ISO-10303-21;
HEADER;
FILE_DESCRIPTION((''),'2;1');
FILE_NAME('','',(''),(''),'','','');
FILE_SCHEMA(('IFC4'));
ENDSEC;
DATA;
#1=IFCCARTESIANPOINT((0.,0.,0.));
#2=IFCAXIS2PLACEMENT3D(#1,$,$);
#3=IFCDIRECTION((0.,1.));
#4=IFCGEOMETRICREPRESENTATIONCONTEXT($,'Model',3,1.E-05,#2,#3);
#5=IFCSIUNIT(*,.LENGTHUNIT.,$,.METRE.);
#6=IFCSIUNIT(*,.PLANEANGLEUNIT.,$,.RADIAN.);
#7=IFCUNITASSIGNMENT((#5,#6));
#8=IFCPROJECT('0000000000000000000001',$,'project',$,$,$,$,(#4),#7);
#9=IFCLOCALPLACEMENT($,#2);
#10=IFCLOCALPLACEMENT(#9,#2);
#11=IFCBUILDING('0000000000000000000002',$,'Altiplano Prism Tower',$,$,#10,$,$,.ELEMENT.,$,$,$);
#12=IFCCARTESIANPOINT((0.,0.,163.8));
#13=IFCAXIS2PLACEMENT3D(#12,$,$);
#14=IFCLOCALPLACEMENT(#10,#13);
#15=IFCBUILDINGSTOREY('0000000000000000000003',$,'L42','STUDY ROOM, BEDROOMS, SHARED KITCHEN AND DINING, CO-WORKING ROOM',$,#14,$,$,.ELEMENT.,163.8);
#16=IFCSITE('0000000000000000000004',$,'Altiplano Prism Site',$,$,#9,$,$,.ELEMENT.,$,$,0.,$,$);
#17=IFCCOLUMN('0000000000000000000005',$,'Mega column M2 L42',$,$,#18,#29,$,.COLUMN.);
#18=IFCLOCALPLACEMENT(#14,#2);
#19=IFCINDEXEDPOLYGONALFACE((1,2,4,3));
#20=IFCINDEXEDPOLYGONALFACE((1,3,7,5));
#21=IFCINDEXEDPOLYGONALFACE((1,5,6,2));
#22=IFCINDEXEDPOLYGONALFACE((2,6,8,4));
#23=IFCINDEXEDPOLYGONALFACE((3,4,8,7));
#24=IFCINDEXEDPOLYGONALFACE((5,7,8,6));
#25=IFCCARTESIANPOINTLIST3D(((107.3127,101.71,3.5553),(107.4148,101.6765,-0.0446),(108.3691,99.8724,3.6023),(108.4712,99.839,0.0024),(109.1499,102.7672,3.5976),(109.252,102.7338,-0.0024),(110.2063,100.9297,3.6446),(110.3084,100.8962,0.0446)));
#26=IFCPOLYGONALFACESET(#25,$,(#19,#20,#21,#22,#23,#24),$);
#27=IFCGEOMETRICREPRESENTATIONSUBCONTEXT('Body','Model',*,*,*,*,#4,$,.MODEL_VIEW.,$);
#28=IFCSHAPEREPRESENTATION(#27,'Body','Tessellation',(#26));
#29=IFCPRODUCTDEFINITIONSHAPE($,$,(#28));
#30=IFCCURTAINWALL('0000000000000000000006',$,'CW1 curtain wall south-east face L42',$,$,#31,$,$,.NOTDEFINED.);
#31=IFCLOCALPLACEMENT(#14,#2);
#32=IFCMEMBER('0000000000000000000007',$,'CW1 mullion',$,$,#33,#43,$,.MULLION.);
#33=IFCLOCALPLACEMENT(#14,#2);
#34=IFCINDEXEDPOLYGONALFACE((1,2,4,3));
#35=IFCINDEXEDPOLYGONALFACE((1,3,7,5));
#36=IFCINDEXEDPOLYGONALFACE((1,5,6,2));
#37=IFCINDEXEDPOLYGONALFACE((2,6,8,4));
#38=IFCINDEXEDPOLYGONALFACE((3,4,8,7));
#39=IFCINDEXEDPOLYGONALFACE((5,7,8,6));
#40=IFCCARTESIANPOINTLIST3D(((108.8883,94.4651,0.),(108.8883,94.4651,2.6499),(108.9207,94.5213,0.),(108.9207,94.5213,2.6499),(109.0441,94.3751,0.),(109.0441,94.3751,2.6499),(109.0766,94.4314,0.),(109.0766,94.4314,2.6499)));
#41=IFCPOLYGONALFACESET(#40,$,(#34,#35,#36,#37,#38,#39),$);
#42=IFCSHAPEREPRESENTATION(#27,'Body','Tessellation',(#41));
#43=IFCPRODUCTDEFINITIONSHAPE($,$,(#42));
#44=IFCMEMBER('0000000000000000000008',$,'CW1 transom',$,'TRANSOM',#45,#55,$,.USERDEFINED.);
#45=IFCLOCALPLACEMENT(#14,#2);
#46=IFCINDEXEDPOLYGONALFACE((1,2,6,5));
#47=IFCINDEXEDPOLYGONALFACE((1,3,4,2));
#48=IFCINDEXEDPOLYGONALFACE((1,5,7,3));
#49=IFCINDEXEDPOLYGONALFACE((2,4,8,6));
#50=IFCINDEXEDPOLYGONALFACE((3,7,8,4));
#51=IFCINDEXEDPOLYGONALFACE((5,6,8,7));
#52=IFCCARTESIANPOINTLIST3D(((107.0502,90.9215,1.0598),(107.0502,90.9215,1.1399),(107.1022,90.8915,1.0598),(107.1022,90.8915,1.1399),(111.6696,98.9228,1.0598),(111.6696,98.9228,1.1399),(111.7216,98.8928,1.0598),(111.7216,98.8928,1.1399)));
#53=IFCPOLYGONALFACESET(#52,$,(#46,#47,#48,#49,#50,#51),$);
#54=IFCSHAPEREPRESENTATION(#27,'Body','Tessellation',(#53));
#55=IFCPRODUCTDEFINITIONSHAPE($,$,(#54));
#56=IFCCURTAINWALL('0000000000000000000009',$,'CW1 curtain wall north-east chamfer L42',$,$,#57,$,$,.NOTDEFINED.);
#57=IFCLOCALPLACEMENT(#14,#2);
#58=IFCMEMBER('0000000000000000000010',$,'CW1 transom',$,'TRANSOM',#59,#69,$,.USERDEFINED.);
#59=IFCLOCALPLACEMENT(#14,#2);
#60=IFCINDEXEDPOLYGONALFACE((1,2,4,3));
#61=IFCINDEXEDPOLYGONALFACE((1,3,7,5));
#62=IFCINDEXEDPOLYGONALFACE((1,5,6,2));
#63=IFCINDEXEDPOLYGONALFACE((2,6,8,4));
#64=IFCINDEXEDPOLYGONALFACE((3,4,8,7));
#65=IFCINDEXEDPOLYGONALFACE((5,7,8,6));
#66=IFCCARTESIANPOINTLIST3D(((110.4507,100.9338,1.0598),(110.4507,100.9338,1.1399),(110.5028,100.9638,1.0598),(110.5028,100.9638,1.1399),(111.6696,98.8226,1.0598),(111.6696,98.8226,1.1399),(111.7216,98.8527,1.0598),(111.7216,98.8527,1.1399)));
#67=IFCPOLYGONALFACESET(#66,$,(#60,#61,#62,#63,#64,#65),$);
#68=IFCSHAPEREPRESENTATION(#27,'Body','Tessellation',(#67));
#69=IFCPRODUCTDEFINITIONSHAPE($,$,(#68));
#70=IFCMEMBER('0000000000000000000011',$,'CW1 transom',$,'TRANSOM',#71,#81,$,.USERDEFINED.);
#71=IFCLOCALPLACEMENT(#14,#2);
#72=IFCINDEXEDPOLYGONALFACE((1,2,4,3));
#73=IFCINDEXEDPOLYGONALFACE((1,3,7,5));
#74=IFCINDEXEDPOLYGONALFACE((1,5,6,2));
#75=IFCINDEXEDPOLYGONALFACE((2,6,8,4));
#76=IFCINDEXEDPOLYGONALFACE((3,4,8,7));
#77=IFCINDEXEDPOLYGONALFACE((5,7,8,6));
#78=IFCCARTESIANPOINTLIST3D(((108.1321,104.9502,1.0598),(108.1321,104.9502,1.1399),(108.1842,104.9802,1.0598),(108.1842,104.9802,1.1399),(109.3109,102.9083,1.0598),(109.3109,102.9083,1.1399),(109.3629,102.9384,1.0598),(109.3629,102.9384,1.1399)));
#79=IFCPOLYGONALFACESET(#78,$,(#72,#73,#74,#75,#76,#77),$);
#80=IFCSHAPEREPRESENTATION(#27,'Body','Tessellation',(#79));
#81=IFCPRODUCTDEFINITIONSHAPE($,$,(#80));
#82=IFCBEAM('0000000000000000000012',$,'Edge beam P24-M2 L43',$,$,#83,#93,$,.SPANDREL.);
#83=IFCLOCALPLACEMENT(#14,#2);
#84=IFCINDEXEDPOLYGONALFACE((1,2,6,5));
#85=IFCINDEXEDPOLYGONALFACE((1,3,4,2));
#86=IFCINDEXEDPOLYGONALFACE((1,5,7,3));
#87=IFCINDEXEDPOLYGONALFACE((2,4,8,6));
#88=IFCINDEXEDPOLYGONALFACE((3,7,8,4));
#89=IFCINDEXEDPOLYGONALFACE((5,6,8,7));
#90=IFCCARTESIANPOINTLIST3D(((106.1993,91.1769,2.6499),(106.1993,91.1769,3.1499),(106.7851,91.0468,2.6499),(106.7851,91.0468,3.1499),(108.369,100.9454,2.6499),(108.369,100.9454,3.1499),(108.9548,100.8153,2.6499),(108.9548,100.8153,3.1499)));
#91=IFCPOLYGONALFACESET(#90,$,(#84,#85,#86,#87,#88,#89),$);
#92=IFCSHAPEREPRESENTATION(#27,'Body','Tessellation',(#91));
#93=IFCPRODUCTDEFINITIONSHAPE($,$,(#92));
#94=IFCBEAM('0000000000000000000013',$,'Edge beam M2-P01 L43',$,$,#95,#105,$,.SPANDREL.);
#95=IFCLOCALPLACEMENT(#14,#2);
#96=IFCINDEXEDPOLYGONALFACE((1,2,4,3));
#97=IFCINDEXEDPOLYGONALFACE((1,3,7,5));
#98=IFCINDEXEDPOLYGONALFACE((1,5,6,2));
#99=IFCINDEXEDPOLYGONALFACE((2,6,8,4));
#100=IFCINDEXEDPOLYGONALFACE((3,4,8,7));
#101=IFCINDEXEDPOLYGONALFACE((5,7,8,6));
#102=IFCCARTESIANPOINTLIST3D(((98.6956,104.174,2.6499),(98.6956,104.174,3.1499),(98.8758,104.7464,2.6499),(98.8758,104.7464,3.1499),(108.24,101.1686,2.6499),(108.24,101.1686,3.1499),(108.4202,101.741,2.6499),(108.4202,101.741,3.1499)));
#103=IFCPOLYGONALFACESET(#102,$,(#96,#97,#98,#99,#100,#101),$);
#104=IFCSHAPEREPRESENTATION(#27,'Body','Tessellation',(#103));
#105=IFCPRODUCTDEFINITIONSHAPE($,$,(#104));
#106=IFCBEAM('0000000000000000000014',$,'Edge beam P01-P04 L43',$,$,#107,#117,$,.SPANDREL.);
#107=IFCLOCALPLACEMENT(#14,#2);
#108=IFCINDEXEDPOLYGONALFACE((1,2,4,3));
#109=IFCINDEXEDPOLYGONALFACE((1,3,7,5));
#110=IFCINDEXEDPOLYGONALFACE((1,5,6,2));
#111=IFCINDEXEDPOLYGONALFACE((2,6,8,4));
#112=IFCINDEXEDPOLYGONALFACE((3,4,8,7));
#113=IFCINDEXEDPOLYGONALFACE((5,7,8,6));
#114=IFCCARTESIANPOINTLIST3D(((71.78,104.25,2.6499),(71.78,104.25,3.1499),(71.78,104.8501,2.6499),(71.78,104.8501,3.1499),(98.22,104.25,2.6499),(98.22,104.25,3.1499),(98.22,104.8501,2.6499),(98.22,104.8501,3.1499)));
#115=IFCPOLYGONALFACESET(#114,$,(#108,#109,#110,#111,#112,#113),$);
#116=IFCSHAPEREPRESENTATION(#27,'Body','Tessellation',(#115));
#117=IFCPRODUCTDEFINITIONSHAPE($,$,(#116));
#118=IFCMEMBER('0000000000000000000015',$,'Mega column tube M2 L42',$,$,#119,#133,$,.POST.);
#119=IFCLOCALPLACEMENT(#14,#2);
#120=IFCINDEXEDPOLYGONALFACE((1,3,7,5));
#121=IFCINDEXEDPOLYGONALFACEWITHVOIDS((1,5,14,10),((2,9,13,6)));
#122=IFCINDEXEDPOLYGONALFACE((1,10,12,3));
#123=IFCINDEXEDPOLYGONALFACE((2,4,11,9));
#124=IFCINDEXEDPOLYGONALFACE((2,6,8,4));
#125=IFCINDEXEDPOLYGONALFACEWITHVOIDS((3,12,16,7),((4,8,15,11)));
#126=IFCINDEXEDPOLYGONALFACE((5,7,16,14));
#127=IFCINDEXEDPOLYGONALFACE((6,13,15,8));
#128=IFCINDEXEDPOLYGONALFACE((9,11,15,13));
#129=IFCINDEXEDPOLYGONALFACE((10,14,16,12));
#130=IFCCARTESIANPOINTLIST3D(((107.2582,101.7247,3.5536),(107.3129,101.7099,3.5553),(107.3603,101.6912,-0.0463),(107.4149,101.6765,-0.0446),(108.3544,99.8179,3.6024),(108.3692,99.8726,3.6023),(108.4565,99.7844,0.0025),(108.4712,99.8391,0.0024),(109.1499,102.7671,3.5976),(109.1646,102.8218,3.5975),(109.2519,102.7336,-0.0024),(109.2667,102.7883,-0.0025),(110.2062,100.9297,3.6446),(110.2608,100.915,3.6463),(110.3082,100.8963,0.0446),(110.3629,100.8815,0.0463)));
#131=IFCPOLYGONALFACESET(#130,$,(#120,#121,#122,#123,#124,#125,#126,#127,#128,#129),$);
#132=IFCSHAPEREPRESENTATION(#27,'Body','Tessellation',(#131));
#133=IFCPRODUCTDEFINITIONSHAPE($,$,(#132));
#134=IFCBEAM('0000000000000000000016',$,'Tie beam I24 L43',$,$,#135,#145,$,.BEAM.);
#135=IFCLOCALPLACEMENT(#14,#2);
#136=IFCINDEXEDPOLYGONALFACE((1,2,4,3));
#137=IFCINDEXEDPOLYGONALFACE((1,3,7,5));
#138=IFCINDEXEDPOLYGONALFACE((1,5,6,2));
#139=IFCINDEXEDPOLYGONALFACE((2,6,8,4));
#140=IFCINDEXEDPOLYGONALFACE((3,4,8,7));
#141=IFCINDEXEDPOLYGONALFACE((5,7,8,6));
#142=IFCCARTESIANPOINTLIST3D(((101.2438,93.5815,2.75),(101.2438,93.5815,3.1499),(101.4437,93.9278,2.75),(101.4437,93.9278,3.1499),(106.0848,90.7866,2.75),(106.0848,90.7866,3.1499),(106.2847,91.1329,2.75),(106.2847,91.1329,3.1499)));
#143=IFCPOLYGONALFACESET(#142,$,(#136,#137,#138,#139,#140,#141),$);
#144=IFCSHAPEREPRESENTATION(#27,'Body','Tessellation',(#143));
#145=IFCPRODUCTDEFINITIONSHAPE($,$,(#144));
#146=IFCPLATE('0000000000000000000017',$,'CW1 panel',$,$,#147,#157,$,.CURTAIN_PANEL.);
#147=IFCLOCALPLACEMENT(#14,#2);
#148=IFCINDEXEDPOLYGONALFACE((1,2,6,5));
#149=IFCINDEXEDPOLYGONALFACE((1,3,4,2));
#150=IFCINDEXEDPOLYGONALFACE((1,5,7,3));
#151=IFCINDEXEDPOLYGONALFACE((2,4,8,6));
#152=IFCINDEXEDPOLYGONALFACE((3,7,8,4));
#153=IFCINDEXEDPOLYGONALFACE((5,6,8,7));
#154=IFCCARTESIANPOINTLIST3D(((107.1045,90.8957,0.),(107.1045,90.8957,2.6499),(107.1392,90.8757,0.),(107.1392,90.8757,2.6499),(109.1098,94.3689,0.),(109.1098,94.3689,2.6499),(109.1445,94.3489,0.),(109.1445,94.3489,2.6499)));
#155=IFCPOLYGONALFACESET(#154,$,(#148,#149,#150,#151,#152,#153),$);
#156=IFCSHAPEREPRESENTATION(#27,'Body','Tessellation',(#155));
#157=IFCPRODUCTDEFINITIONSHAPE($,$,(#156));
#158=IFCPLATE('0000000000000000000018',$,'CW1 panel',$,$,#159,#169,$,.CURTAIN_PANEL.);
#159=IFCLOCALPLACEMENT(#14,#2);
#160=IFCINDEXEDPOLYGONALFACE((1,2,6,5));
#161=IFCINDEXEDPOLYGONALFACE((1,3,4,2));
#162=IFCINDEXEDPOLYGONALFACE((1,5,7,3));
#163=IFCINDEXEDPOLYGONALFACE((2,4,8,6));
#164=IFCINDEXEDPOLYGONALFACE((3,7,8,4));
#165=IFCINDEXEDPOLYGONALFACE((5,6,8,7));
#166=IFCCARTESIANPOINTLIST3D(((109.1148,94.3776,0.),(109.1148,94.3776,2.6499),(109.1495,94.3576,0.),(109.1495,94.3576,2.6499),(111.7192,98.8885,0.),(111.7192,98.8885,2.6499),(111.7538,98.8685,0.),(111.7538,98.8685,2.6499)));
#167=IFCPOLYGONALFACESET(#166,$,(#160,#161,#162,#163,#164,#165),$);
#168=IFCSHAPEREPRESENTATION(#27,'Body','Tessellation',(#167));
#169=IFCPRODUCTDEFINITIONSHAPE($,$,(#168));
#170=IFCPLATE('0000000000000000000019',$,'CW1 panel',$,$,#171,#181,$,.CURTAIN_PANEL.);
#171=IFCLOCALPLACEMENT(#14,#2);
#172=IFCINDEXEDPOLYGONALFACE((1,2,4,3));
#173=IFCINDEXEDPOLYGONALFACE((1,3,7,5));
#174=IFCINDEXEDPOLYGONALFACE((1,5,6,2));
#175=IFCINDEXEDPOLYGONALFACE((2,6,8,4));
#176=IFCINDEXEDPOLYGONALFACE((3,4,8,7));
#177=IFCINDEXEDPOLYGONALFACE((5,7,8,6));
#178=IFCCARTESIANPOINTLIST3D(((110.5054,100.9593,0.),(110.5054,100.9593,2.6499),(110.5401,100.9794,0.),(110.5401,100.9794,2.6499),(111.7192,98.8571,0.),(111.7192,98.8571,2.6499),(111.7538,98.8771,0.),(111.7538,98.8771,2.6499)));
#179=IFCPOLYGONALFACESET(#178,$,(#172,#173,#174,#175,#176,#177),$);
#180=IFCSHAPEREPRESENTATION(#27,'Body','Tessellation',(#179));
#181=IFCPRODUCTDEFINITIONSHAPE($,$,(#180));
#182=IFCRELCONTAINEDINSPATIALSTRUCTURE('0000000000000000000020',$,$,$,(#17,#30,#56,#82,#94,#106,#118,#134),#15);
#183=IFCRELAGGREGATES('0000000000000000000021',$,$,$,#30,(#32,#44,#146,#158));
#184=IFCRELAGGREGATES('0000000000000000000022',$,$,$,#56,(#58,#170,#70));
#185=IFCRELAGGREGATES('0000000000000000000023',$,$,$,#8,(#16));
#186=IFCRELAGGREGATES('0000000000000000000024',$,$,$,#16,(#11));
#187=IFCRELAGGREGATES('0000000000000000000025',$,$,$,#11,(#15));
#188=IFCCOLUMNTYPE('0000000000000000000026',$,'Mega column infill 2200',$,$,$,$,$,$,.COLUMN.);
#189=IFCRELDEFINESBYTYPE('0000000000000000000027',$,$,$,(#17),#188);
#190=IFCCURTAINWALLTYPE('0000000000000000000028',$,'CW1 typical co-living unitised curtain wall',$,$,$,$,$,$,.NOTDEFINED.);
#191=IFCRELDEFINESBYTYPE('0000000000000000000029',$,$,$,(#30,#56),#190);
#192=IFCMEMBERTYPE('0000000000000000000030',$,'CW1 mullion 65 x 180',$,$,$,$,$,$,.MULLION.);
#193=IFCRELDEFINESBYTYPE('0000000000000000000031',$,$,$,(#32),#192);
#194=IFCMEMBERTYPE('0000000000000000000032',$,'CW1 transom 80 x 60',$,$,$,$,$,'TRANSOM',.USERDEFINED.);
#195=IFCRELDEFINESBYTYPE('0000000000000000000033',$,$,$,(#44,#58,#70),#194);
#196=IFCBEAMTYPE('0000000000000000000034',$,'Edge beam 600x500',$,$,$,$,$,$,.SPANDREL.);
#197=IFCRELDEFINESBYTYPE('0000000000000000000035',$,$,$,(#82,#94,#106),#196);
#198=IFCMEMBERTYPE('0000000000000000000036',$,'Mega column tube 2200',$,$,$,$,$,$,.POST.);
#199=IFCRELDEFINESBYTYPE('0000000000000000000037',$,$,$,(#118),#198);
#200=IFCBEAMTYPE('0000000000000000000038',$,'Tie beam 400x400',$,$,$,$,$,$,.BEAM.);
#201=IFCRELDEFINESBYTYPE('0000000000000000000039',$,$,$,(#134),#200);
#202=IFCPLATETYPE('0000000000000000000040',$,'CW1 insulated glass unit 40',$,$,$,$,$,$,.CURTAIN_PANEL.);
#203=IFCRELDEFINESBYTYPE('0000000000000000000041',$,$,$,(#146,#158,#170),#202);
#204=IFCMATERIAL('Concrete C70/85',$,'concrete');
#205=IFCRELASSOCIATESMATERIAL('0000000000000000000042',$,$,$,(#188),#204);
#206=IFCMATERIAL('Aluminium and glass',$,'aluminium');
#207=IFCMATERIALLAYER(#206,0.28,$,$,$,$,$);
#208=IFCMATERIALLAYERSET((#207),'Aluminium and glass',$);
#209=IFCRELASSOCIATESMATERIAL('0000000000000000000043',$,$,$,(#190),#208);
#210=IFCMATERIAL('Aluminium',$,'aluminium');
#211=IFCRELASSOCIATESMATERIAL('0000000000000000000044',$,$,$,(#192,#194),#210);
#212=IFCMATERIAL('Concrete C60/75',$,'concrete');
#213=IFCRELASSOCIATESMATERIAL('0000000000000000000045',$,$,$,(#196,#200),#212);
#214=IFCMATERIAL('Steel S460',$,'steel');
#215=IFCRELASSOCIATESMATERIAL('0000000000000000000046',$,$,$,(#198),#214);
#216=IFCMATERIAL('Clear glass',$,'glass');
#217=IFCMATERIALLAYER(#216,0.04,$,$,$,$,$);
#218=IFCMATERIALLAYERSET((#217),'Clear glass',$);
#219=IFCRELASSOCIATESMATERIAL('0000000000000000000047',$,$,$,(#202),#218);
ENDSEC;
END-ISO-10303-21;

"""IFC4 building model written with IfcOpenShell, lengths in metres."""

from ifc_helpers import new_model, si_unit, direction, frame, origin, origin_2d, place, context, subcontext, project, spatial, rectangle, hollow_rectangle, extrude, material, layer, layer_set, material_profile, profile_set, type_object, element, aggregate, save


model = new_model("IFC4")

# Units and contexts
model_context = context("Model", 3, precision=1e-05, world=origin(), true_north=direction((0.0, 1.0)))
body_context = subcontext(model_context, "Body", "Model", "MODEL_VIEW")
ifc_project = project(units=[si_unit("LENGTHUNIT", "METRE"), si_unit("PLANEANGLEUNIT", "RADIAN")], contexts=[model_context])

# Site, building, storey
site_placement = place(None, origin())
site = spatial("IfcSite", under=ifc_project, at=site_placement, Name="Altiplano Prism Site", CompositionType="ELEMENT", RefElevation=0.0)
building_placement = place(site_placement, origin())
building = spatial("IfcBuilding", under=site, at=building_placement, Name="Altiplano Prism Tower", CompositionType="ELEMENT")
storey_placement = place(building_placement, frame((0.0, 0.0, 163.8)))
storey = spatial("IfcBuildingStorey", under=building, at=storey_placement, Name="L42", Description="STUDY ROOM, BEDROOMS, SHARED KITCHEN AND DINING, CO-WORKING ROOM", CompositionType="ELEMENT", Elevation=163.8)

# Column
ifc_material_1 = material(Name="Concrete C70/85", Category="concrete")
ifc_material_profile_1 = material_profile(ifc_material_1, rectangle(XDim=2.1201, YDim=2.1201, at=origin_2d()), Name="Mega column infill 2200")
ifc_profile_set_1 = profile_set([ifc_material_profile_1], Name="Concrete C70/85")
column_type = type_object("IfcColumnType", Name="Mega column infill 2200", PredefinedType="COLUMN", material=ifc_profile_set_1)
column_placement = place(storey_placement, frame((108.8616, 101.2864, 0.0), z_axis=(-0.028336, 0.009287, 0.999555), x_axis=(0.498281, -0.866732, 0.022179)))
element("IfcColumn", 1, at=column_placement, inside=storey, type_object=column_type, Name="Mega column M2 L42", PredefinedType="COLUMN", context=body_context, shape_type="SweptSolid", body=[
    extrude(rectangle(XDim=2.1201, YDim=2.1201, at=origin_2d()), origin(), (0.0, 0.0, 1.0), 3.6016),
])

# Curtain walls, members
ifc_material_2 = material(Name="Aluminium and glass", Category="aluminium")
ifc_layer_1 = layer(ifc_material_2, 0.28)
ifc_layer_set_1 = layer_set([ifc_layer_1], Name="Aluminium and glass")
curtain_wall_type = type_object("IfcCurtainWallType", Name="CW1 typical co-living unitised curtain wall", PredefinedType="NOTDEFINED", material=ifc_layer_set_1)
curtain_wall_1_placement = place(storey_placement, origin())
curtain_wall_1 = element("IfcCurtainWall", 2, at=curtain_wall_1_placement, inside=storey, type_object=curtain_wall_type, Name="CW1 curtain wall south-east face L42", PredefinedType="NOTDEFINED")
ifc_material_3 = material(Name="Aluminium", Category="aluminium")
ifc_material_profile_2 = material_profile(ifc_material_3, rectangle(XDim=0.1799, YDim=0.0649, at=origin_2d()), Name="CW1 mullion 65 x 180")
ifc_profile_set_2 = profile_set([ifc_material_profile_2], Name="Aluminium")
member_type_1 = type_object("IfcMemberType", Name="CW1 mullion 65 x 180", PredefinedType="MULLION", material=ifc_profile_set_2)
member_1_placement = place(storey_placement, frame((108.9824, 94.4482, 0.0), z_axis=(0.0, 0.0, 1.0), x_axis=(-0.866025, 0.5, 0.0)))
member_1 = element("IfcMember", 3, at=member_1_placement, type_object=member_type_1, Name="CW1 mullion", PredefinedType="MULLION", context=body_context, shape_type="SweptSolid", body=[
    extrude(rectangle(XDim=0.1799, YDim=0.0649, at=origin_2d()), origin(), (0.0, 0.0, 1.0), 2.6499),
])
ifc_material_profile_3 = material_profile(ifc_material_3, rectangle(XDim=0.0601, YDim=0.0801, at=origin_2d()), Name="CW1 transom 80 x 60")
ifc_profile_set_3 = profile_set([ifc_material_profile_3], Name="Aluminium")
member_type_2 = type_object("IfcMemberType", Name="CW1 transom 80 x 60", ElementType="TRANSOM", PredefinedType="USERDEFINED", material=ifc_profile_set_3)
member_2_placement = place(storey_placement, frame((107.0762, 90.9065, 1.0999), z_axis=(0.49999, 0.866031, 0.0), x_axis=(-0.866031, 0.49999, 0.0)))
member_2 = element("IfcMember", 4, at=member_2_placement, type_object=member_type_2, Name="CW1 transom", ObjectType="TRANSOM", PredefinedType="USERDEFINED", context=body_context, shape_type="SweptSolid", body=[
    extrude(rectangle(XDim=0.0601, YDim=0.0801, at=origin_2d()), origin(), (0.0, 0.0, 1.0), 9.239),
])
curtain_wall_2_placement = place(storey_placement, origin())
curtain_wall_2 = element("IfcCurtainWall", 5, at=curtain_wall_2_placement, inside=storey, type_object=curtain_wall_type, Name="CW1 curtain wall north-east chamfer L42", PredefinedType="NOTDEFINED")
member_3_placement = place(storey_placement, frame((111.6956, 98.8376, 1.0999), z_axis=(-0.499974, 0.86604, 0.0), x_axis=(-0.86604, -0.499974, 0.0)))
member_3 = element("IfcMember", 6, at=member_3_placement, type_object=member_type_2, Name="CW1 transom", ObjectType="TRANSOM", PredefinedType="USERDEFINED", context=body_context, shape_type="SweptSolid", body=[
    extrude(rectangle(XDim=0.0601, YDim=0.0801, at=origin_2d()), origin(), (0.0, 0.0, 1.0), 2.4377),
])
member_4_placement = place(storey_placement, frame((109.3369, 102.9233, 1.0999), z_axis=(-0.49997, 0.866042, 0.0), x_axis=(-0.866042, -0.49997, 0.0)))
member_4 = element("IfcMember", 7, at=member_4_placement, type_object=member_type_2, Name="CW1 transom", ObjectType="TRANSOM", PredefinedType="USERDEFINED", context=body_context, shape_type="SweptSolid", body=[
    extrude(rectangle(XDim=0.0601, YDim=0.0801, at=origin_2d()), origin(), (0.0, 0.0, 1.0), 2.3577),
])

# Beams
ifc_material_4 = material(Name="Concrete C60/75", Category="concrete")
ifc_material_profile_4 = material_profile(ifc_material_4, rectangle(XDim=0.6001, YDim=0.5, at=origin_2d()), Name="Edge beam 600x500")
ifc_profile_set_4 = profile_set([ifc_material_profile_4], Name="Concrete C60/75")
beam_type_1 = type_object("IfcBeamType", Name="Edge beam 600x500", PredefinedType="SPANDREL", material=ifc_profile_set_4)
beam_1_placement = place(storey_placement, frame((106.4922, 91.1118, 2.8999), z_axis=(0.216825, 0.976211, 0.0), x_axis=(-0.976211, 0.216825, 0.0)))
element("IfcBeam", 8, at=beam_1_placement, inside=storey, type_object=beam_type_1, Name="Edge beam P24-M2 L43", PredefinedType="SPANDREL", context=body_context, shape_type="SweptSolid", body=[
    extrude(rectangle(XDim=0.6001, YDim=0.5, at=origin_2d()), origin(), (0.0, 0.0, 1.0), 10.0066),
])
beam_2_placement = place(storey_placement, frame((108.3301, 101.4548, 2.8999), z_axis=(-0.953831, 0.300344, 0.0), x_axis=(-0.300344, -0.953831, 0.0)))
element("IfcBeam", 9, at=beam_2_placement, inside=storey, type_object=beam_type_1, Name="Edge beam M2-P01 L43", PredefinedType="SPANDREL", context=body_context, shape_type="SweptSolid", body=[
    extrude(rectangle(XDim=0.6001, YDim=0.5, at=origin_2d()), origin(), (0.0, 0.0, 1.0), 10.0063),
])
beam_3_placement = place(storey_placement, frame((98.22, 104.55, 2.8999), z_axis=(-1.0, 0.0, 0.0), x_axis=(0.0, -1.0, 0.0)))
element("IfcBeam", 10, at=beam_3_placement, inside=storey, type_object=beam_type_1, Name="Edge beam P01-P04 L43", PredefinedType="SPANDREL", context=body_context, shape_type="SweptSolid", body=[
    extrude(rectangle(XDim=0.6001, YDim=0.5, at=origin_2d()), origin(), (0.0, 0.0, 1.0), 26.4399),
])

# Member
ifc_material_5 = material(Name="Steel S460", Category="steel")
ifc_material_profile_5 = material_profile(ifc_material_5, hollow_rectangle(XDim=2.2, YDim=2.2, WallThickness=0.04, at=origin_2d()), Name="Mega column tube 2200")
ifc_profile_set_5 = profile_set([ifc_material_profile_5], Name="Steel S460")
member_type_3 = type_object("IfcMemberType", Name="Mega column tube 2200", PredefinedType="POST", material=ifc_profile_set_5)
member_5_placement = place(storey_placement, frame((108.8616, 101.2864, 0.0), z_axis=(-0.028336, 0.009287, 0.999555), x_axis=(0.498281, -0.866732, 0.022179)))
element("IfcMember", 11, at=member_5_placement, inside=storey, type_object=member_type_3, Name="Mega column tube M2 L42", PredefinedType="POST", context=body_context, shape_type="SweptSolid", body=[
    extrude(hollow_rectangle(XDim=2.2, YDim=2.2, WallThickness=0.04, at=origin_2d()), origin(), (0.0, 0.0, 1.0), 3.6016),
])

# Beam
ifc_material_profile_6 = material_profile(ifc_material_4, rectangle(XDim=0.3999, YDim=0.3999, at=origin_2d()), Name="Tie beam 400x400")
ifc_profile_set_6 = profile_set([ifc_material_profile_6], Name="Concrete C60/75")
beam_type_2 = type_object("IfcBeamType", Name="Tie beam 400x400", PredefinedType="BEAM", material=ifc_profile_set_6)
beam_4_placement = place(storey_placement, frame((101.3438, 93.7546, 2.95), z_axis=(0.866031, -0.499991, 0.0), x_axis=(0.499991, 0.866031, 0.0)))
element("IfcBeam", 12, at=beam_4_placement, inside=storey, type_object=beam_type_2, Name="Tie beam I24 L43", PredefinedType="BEAM", context=body_context, shape_type="SweptSolid", body=[
    extrude(rectangle(XDim=0.3999, YDim=0.3999, at=origin_2d()), origin(), (0.0, 0.0, 1.0), 5.5898),
])

# Plates
ifc_material_6 = material(Name="Clear glass", Category="glass")
ifc_layer_2 = layer(ifc_material_6, 0.04)
ifc_layer_set_2 = layer_set([ifc_layer_2], Name="Clear glass")
plate_type = type_object("IfcPlateType", Name="CW1 insulated glass unit 40", PredefinedType="CURTAIN_PANEL", material=ifc_layer_set_2)
plate_1_placement = place(storey_placement, frame((108.1245, 92.6223, 0.0), z_axis=(0.0, 0.0, 1.0), x_axis=(0.5, 0.866025, 0.0)))
plate_1 = element("IfcPlate", 13, at=plate_1_placement, type_object=plate_type, Name="CW1 panel", PredefinedType="CURTAIN_PANEL", context=body_context, shape_type="SweptSolid", body=[
    extrude(rectangle(XDim=4.0105, YDim=0.04, at=origin_2d()), origin(), (0.0, 0.0, 1.0), 2.6499),
])
plate_2_placement = place(storey_placement, frame((110.4343, 96.623, 0.0), z_axis=(0.0, 0.0, 1.0), x_axis=(0.5, 0.866025, 0.0)))
plate_2 = element("IfcPlate", 14, at=plate_2_placement, type_object=plate_type, Name="CW1 panel", PredefinedType="CURTAIN_PANEL", context=body_context, shape_type="SweptSolid", body=[
    extrude(rectangle(XDim=5.2087, YDim=0.04, at=origin_2d()), origin(), (0.0, 0.0, 1.0), 2.6499),
])
aggregate(curtain_wall_1, [member_1, member_2, plate_1, plate_2])
plate_3_placement = place(storey_placement, frame((111.1296, 99.9182, 0.0), z_axis=(0.0, 0.0, 1.0), x_axis=(-0.5, 0.866025, 0.0)))
plate_3 = element("IfcPlate", 15, at=plate_3_placement, type_object=plate_type, Name="CW1 panel", PredefinedType="CURTAIN_PANEL", context=body_context, shape_type="SweptSolid", body=[
    extrude(rectangle(XDim=2.4275, YDim=0.04, at=origin_2d()), origin(), (0.0, 0.0, 1.0), 2.6499),
])
aggregate(curtain_wall_2, [member_3, plate_3, member_4])

save(model, "model.ifc")
